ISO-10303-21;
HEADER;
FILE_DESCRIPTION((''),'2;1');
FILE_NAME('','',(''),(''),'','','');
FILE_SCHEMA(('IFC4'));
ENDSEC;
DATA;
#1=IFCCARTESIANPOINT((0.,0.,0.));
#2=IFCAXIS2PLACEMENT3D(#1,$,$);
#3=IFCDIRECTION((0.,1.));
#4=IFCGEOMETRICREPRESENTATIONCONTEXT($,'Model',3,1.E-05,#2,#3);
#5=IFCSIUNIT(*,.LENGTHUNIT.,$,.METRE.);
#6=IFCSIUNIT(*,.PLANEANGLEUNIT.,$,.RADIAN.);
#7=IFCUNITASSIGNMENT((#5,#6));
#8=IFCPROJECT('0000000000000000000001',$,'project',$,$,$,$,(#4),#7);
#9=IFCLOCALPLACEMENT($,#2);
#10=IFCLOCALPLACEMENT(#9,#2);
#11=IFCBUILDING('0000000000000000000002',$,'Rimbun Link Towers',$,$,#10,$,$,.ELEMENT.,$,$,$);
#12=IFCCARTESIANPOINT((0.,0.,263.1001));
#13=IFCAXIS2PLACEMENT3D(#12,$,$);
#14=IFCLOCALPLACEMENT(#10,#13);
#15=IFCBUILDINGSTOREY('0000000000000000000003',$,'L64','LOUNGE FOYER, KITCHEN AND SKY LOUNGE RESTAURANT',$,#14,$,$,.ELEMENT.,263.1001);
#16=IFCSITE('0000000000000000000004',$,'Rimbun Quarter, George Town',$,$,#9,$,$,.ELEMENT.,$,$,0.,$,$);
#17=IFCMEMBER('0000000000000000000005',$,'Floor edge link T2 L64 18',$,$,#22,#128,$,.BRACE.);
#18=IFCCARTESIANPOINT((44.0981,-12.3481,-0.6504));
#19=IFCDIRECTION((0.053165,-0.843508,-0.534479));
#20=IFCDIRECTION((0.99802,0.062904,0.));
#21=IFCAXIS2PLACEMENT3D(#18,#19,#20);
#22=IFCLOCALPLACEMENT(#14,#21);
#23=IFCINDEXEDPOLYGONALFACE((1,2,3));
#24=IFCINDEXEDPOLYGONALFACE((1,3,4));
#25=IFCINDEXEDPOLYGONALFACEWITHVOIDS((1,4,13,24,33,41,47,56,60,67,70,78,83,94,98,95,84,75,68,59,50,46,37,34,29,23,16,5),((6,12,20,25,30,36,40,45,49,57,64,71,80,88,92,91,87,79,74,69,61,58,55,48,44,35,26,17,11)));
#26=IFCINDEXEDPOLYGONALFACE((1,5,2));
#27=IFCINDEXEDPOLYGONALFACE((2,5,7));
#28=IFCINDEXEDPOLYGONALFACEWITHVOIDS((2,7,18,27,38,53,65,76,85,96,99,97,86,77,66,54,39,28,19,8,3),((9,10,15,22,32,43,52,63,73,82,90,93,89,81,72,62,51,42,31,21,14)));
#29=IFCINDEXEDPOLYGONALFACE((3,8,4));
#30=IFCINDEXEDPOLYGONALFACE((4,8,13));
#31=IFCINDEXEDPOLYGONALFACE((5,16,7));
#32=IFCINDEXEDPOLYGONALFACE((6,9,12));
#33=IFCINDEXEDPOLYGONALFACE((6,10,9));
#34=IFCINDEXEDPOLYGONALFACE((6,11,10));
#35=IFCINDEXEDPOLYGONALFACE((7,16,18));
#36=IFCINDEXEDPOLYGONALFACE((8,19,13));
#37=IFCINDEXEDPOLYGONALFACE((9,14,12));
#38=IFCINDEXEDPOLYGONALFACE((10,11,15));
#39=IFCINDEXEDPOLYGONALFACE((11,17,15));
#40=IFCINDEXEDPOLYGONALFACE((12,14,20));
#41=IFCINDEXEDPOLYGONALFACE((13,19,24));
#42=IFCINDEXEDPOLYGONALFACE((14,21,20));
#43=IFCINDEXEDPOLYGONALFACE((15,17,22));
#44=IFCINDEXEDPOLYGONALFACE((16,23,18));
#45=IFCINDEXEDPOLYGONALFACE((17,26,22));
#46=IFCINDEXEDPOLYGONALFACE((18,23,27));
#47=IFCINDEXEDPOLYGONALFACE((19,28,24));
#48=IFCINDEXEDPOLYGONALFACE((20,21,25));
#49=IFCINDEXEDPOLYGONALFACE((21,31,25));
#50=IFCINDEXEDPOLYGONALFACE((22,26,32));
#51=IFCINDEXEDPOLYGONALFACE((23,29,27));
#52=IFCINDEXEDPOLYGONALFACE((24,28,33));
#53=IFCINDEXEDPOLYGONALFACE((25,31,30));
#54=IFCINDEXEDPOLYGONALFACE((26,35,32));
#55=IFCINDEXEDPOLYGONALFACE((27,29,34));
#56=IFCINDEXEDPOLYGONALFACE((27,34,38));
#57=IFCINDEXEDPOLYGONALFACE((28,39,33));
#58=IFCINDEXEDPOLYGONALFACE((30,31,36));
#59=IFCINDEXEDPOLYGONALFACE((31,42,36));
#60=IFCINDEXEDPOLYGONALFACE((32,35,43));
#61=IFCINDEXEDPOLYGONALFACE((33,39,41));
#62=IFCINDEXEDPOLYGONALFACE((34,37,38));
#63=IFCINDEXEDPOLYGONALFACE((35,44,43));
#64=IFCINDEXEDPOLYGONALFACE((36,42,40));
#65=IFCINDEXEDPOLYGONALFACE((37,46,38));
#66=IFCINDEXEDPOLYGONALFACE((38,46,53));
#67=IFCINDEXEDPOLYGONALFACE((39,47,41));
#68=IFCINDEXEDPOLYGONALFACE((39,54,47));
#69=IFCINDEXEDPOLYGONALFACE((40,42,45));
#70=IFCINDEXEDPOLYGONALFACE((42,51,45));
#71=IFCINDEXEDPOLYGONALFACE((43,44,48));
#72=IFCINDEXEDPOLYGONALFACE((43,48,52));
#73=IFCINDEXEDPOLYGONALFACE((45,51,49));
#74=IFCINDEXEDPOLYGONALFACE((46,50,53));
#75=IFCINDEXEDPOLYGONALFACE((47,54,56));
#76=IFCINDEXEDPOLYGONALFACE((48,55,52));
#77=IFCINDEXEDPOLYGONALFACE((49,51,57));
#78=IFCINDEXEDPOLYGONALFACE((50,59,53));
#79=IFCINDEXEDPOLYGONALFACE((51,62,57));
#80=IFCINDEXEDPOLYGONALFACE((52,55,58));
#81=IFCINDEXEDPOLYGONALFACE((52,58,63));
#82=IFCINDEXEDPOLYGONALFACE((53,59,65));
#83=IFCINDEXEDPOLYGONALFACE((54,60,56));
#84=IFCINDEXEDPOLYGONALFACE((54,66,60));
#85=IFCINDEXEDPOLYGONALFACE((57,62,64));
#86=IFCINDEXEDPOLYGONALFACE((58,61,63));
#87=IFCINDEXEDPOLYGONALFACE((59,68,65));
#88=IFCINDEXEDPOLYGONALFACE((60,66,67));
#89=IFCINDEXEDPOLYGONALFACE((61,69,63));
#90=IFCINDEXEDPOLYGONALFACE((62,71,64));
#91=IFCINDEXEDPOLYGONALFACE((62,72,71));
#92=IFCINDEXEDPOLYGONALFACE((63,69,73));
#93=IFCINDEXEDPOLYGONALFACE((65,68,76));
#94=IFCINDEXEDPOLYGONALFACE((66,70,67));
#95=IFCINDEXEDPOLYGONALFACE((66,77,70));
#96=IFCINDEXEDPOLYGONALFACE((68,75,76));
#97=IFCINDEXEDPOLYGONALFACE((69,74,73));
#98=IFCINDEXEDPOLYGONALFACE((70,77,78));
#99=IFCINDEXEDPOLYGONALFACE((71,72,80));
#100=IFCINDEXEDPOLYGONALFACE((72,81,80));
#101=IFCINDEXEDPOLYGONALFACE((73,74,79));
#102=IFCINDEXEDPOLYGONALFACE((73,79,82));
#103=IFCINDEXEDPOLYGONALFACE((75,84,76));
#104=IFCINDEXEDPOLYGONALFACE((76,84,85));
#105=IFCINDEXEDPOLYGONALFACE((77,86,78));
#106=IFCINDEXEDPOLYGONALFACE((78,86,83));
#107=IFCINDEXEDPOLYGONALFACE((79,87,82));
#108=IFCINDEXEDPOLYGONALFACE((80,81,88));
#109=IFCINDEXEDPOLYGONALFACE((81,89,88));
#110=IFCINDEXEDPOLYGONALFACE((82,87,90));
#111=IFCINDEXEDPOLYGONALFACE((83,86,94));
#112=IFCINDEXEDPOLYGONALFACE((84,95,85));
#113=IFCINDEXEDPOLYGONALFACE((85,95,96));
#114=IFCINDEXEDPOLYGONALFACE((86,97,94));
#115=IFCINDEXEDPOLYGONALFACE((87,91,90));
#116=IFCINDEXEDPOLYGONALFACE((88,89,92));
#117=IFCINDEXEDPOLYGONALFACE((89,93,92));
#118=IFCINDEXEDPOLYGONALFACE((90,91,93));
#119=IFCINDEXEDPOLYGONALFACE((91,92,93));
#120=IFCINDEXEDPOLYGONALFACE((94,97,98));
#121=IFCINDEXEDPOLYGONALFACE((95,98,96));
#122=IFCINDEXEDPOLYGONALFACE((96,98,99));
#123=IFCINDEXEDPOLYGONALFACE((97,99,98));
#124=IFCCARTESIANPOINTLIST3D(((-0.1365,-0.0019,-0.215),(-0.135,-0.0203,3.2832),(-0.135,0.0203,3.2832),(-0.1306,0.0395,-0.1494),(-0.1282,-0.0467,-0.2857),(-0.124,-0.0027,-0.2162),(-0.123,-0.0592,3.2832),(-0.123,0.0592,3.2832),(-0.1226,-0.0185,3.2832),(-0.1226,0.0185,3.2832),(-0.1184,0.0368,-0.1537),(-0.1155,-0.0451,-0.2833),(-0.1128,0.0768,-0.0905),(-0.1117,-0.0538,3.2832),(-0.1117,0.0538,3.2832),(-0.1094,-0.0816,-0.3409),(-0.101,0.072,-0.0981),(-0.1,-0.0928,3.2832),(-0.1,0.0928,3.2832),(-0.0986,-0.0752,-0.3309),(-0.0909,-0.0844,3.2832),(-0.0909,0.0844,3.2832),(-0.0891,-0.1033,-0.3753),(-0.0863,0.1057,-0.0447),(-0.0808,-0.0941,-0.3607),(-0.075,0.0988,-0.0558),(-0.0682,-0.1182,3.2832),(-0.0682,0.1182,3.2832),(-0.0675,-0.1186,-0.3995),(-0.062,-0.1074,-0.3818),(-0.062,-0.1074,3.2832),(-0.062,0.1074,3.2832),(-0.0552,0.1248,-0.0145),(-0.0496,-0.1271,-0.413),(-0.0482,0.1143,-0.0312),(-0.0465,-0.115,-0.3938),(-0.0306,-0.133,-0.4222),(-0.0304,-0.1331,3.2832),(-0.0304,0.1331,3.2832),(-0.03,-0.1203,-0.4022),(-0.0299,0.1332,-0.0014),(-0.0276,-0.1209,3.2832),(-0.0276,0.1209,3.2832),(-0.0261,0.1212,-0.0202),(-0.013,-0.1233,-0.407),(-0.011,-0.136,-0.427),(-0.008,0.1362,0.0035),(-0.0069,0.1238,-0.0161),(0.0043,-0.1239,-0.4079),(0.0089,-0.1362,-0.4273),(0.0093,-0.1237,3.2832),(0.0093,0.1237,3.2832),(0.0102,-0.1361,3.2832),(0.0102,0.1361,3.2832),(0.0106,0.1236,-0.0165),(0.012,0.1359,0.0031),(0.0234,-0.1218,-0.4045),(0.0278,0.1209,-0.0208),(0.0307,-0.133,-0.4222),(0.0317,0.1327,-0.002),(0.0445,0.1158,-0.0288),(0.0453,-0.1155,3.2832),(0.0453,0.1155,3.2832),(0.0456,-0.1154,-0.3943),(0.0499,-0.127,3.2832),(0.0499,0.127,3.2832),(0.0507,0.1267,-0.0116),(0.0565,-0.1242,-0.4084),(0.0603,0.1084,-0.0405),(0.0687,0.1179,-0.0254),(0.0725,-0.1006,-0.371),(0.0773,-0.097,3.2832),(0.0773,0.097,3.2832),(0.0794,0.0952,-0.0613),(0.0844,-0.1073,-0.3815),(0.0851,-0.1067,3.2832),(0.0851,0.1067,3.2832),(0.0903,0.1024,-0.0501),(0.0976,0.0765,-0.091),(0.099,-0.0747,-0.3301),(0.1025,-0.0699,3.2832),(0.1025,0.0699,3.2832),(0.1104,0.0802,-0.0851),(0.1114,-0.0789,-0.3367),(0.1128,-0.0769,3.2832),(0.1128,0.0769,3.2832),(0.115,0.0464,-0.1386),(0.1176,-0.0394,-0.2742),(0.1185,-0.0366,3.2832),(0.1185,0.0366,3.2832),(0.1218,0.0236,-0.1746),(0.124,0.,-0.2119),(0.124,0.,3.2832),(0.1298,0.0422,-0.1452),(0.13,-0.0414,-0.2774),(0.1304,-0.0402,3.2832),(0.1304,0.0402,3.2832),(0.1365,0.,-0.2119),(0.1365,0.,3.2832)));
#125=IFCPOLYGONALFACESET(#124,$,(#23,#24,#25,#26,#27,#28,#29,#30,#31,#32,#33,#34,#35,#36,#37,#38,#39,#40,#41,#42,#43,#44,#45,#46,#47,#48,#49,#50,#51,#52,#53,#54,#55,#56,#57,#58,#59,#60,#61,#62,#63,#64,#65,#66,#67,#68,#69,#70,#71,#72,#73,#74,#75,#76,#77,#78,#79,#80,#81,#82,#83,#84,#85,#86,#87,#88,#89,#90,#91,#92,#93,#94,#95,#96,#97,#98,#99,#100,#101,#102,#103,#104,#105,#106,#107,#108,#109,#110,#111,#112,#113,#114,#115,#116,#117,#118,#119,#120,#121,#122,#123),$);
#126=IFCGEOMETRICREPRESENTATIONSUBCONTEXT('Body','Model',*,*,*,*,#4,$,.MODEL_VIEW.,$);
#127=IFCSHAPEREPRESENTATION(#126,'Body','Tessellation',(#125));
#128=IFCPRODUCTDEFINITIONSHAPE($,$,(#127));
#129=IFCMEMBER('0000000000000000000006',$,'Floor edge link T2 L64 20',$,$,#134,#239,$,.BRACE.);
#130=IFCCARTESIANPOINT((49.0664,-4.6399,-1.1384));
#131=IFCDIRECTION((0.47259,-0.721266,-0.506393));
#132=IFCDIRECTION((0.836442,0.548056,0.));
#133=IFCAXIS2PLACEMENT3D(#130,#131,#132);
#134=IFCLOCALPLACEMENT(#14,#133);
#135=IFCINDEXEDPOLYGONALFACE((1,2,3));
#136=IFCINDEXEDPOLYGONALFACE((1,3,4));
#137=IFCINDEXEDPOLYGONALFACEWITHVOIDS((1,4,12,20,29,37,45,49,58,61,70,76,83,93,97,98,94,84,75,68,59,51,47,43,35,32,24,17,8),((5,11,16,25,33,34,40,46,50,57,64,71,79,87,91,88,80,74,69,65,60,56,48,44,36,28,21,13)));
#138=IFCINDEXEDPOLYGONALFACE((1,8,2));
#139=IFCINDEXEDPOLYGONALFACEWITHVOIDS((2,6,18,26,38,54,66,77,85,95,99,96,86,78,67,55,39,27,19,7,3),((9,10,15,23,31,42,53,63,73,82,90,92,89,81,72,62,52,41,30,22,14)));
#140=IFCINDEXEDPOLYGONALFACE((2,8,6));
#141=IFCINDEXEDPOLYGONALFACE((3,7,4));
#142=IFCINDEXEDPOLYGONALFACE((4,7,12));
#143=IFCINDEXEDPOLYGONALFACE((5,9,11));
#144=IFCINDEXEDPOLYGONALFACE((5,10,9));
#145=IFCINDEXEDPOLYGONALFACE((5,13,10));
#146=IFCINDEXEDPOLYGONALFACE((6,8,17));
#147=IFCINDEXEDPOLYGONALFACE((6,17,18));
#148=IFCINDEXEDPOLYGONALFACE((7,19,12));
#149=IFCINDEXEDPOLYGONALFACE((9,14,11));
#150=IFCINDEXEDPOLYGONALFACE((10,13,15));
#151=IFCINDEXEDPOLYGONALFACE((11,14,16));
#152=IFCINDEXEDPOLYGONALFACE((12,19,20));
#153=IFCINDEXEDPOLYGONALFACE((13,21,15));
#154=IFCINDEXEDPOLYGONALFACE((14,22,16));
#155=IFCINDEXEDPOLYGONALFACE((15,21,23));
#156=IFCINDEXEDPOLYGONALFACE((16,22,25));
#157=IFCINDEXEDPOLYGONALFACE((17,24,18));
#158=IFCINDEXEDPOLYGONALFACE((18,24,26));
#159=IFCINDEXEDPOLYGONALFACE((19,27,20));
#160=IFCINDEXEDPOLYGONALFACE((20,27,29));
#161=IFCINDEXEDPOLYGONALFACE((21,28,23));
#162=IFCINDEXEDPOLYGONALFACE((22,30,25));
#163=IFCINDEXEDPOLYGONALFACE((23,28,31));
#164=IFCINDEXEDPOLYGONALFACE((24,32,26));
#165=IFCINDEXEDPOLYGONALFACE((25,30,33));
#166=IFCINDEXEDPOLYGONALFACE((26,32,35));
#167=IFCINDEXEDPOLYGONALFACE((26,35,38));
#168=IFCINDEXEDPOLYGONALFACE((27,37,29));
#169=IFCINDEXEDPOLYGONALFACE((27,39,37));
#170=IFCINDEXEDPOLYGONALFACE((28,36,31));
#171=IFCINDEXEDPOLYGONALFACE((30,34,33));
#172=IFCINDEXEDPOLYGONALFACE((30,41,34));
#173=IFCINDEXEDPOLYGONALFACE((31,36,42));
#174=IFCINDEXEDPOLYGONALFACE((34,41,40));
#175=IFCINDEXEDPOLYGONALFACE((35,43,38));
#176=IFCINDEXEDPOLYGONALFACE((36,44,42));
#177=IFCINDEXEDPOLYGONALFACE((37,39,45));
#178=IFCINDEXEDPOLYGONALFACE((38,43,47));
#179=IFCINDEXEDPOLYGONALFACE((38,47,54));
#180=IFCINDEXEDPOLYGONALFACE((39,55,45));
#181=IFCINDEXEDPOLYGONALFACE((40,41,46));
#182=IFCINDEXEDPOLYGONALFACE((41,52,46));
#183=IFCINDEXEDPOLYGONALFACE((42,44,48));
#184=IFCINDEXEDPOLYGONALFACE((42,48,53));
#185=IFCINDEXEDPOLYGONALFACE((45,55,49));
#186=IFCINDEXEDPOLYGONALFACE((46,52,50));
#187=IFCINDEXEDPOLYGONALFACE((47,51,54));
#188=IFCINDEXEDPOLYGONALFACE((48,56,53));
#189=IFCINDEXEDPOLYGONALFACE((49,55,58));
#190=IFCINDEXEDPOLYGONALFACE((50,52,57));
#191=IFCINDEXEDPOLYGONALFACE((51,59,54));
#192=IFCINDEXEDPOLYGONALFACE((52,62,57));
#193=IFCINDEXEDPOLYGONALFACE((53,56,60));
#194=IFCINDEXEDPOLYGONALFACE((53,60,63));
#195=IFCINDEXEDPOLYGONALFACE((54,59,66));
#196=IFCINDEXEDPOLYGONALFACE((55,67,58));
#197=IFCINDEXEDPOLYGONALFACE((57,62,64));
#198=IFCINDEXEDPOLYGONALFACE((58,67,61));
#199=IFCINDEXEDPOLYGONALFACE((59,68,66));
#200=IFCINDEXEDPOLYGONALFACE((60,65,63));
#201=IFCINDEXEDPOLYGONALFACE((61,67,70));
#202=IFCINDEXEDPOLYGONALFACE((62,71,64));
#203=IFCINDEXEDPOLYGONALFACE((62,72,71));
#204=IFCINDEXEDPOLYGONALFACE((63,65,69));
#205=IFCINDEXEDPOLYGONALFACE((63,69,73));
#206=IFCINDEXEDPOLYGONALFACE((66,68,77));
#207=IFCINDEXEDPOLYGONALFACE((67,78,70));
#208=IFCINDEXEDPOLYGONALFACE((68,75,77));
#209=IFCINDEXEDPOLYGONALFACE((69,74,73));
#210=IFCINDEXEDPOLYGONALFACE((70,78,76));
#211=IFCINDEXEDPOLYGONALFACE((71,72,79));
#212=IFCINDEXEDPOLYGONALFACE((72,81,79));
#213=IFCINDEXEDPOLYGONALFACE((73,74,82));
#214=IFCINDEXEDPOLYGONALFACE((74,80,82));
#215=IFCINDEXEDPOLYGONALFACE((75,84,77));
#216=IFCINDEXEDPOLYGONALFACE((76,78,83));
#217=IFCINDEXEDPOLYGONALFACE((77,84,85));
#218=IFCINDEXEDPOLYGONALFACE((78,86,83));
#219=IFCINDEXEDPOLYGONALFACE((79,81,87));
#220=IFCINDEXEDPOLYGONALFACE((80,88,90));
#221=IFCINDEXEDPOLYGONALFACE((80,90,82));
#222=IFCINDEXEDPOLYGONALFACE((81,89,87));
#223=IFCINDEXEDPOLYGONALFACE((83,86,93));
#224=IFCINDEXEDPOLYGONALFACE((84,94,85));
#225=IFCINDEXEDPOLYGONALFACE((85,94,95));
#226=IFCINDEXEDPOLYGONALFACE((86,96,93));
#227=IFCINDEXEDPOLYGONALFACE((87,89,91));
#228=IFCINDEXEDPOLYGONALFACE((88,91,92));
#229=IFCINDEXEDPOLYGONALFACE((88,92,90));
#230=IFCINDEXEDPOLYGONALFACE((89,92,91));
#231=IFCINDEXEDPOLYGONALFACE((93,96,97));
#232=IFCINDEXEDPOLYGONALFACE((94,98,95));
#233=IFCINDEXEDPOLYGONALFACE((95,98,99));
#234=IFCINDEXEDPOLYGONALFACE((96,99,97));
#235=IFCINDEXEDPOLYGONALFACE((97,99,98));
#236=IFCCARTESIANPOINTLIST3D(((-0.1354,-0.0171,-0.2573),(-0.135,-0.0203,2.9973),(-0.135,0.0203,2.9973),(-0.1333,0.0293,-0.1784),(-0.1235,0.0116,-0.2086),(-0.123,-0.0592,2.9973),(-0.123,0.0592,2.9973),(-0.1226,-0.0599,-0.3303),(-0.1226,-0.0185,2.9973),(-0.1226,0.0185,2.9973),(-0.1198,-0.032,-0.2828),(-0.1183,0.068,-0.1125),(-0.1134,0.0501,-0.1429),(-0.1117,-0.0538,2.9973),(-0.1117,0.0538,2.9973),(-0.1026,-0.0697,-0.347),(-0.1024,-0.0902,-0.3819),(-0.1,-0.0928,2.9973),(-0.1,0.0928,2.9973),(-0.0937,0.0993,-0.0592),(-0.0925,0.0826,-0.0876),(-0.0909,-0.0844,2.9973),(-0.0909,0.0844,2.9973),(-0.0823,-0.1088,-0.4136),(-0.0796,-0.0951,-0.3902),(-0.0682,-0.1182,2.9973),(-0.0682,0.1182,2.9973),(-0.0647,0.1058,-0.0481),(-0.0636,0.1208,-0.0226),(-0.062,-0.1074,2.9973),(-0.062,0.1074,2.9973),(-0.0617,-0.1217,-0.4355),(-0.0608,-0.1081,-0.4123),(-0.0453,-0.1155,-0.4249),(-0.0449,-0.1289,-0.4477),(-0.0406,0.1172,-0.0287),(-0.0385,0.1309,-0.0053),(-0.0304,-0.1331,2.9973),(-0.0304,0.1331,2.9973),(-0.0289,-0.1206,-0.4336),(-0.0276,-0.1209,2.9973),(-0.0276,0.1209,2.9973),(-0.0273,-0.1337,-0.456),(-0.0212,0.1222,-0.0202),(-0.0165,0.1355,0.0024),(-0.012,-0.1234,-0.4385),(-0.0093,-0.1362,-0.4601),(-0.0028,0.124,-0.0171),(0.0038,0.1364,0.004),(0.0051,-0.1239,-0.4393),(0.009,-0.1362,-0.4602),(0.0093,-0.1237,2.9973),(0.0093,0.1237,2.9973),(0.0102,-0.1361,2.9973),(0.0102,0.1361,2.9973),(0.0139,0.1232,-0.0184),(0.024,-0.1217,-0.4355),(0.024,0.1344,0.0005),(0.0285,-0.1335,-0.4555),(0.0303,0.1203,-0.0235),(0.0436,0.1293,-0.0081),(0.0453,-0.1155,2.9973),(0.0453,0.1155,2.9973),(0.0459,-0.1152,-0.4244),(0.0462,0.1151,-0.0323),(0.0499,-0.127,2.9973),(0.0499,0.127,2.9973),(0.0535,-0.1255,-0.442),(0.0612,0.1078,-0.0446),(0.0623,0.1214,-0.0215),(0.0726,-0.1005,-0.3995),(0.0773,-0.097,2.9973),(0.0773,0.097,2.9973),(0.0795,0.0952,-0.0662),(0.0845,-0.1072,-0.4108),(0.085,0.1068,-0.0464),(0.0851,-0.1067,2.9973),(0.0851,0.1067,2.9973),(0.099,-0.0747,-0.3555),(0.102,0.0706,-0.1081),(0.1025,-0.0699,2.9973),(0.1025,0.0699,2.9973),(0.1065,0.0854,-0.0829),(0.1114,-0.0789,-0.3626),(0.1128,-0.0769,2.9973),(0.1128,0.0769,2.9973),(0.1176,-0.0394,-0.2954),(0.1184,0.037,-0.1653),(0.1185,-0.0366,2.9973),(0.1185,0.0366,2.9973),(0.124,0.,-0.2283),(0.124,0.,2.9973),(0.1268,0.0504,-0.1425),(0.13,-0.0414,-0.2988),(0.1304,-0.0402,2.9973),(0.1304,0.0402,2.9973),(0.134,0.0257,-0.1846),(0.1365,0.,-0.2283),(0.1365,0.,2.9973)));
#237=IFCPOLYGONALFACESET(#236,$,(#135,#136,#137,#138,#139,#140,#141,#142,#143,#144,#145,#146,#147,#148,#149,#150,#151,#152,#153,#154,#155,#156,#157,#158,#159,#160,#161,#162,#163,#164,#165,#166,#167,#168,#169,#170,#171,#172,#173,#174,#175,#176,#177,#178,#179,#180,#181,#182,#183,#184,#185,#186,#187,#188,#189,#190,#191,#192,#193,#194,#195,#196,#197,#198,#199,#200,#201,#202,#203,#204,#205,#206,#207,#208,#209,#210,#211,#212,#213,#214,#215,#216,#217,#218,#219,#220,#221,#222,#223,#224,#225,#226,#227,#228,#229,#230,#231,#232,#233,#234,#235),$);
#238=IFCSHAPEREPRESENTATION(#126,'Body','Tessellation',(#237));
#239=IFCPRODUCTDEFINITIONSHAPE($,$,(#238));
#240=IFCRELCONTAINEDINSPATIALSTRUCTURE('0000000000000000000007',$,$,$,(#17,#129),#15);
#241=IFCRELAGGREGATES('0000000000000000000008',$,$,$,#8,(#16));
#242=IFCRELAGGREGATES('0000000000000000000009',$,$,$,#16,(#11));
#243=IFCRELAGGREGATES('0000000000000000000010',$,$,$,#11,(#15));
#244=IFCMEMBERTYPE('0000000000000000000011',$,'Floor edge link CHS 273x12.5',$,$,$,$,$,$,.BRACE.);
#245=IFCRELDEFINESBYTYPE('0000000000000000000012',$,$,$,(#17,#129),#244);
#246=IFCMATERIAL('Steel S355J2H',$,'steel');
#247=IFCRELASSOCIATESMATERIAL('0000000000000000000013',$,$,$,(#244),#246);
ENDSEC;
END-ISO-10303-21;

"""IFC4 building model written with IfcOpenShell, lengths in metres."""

from ifc_helpers import new_model, si_unit, direction, frame, origin, origin_2d, place, context, subcontext, project, spatial, hollow_circle, extrude, clip, halfspace, material, material_profile, profile_set, type_object, element, save


model = new_model("IFC4")

# Units and contexts
model_context = context("Model", 3, precision=1e-05, world=origin(), true_north=direction((0.0, 1.0)))
body_context = subcontext(model_context, "Body", "Model", "MODEL_VIEW")
ifc_project = project(units=[si_unit("LENGTHUNIT", "METRE"), si_unit("PLANEANGLEUNIT", "RADIAN")], contexts=[model_context])

# Site, building, storey
site_placement = place(None, origin())
site = spatial("IfcSite", under=ifc_project, at=site_placement, Name="Rimbun Quarter, George Town", CompositionType="ELEMENT", RefElevation=0.0)
building_placement = place(site_placement, origin())
building = spatial("IfcBuilding", under=site, at=building_placement, Name="Rimbun Link Towers", CompositionType="ELEMENT")
storey_placement = place(building_placement, frame((0.0, 0.0, 263.1001)))
storey = spatial("IfcBuildingStorey", under=building, at=storey_placement, Name="L64", Description="LOUNGE FOYER, KITCHEN AND SKY LOUNGE RESTAURANT", CompositionType="ELEMENT", Elevation=263.1001)

# Members
ifc_material_1 = material(Name="Steel S355J2H", Category="steel")
ifc_material_profile_1 = material_profile(ifc_material_1, hollow_circle(Radius=0.1365, WallThickness=0.0125, at=origin_2d()), Name="CHS 273x12.5")
ifc_profile_set_1 = profile_set([ifc_material_profile_1], Name="Steel S355J2H")
member_type_1 = type_object("IfcMemberType", Name="Floor edge link CHS 273x12.5", PredefinedType="BRACE", material=ifc_profile_set_1)
member_1_placement = place(storey_placement, frame((44.0981, -12.3481, -0.6504), z_axis=(0.053165, -0.843508, -0.534479), x_axis=(0.99802, 0.062904, 0.0)))
element("IfcMember", 1, at=member_1_placement, inside=storey, type_object=member_type_1, Name="Floor edge link T2 L64 18", PredefinedType="BRACE", context=body_context, shape_type="Clipping", body=[
    clip(extrude(hollow_circle(Radius=0.1365, WallThickness=0.0125, at=origin_2d()), frame((0.0, 0.0, -0.4504)), (0.0, 0.0, 1.0), 3.7336), halfspace(frame((0.0, 0.0, -0.2119), z_axis=(0.0, 0.845182, -0.534479)), False)),
])
member_2_placement = place(storey_placement, frame((49.0664, -4.6399, -1.1384), z_axis=(0.47259, -0.721266, -0.506393), x_axis=(0.836442, 0.548056, 0.0)))
element("IfcMember", 2, at=member_2_placement, inside=storey, type_object=member_type_1, Name="Floor edge link T2 L64 20", PredefinedType="BRACE", context=body_context, shape_type="Clipping", body=[
    clip(extrude(hollow_circle(Radius=0.1365, WallThickness=0.0125, at=origin_2d()), frame((0.0, 0.0, -0.4846)), (0.0, 0.0, 1.0), 3.4819), halfspace(frame((0.0, 0.0, -0.2283), z_axis=(0.0, 0.862303, -0.506393)), False)),
])

save(model, "model.ifc")
